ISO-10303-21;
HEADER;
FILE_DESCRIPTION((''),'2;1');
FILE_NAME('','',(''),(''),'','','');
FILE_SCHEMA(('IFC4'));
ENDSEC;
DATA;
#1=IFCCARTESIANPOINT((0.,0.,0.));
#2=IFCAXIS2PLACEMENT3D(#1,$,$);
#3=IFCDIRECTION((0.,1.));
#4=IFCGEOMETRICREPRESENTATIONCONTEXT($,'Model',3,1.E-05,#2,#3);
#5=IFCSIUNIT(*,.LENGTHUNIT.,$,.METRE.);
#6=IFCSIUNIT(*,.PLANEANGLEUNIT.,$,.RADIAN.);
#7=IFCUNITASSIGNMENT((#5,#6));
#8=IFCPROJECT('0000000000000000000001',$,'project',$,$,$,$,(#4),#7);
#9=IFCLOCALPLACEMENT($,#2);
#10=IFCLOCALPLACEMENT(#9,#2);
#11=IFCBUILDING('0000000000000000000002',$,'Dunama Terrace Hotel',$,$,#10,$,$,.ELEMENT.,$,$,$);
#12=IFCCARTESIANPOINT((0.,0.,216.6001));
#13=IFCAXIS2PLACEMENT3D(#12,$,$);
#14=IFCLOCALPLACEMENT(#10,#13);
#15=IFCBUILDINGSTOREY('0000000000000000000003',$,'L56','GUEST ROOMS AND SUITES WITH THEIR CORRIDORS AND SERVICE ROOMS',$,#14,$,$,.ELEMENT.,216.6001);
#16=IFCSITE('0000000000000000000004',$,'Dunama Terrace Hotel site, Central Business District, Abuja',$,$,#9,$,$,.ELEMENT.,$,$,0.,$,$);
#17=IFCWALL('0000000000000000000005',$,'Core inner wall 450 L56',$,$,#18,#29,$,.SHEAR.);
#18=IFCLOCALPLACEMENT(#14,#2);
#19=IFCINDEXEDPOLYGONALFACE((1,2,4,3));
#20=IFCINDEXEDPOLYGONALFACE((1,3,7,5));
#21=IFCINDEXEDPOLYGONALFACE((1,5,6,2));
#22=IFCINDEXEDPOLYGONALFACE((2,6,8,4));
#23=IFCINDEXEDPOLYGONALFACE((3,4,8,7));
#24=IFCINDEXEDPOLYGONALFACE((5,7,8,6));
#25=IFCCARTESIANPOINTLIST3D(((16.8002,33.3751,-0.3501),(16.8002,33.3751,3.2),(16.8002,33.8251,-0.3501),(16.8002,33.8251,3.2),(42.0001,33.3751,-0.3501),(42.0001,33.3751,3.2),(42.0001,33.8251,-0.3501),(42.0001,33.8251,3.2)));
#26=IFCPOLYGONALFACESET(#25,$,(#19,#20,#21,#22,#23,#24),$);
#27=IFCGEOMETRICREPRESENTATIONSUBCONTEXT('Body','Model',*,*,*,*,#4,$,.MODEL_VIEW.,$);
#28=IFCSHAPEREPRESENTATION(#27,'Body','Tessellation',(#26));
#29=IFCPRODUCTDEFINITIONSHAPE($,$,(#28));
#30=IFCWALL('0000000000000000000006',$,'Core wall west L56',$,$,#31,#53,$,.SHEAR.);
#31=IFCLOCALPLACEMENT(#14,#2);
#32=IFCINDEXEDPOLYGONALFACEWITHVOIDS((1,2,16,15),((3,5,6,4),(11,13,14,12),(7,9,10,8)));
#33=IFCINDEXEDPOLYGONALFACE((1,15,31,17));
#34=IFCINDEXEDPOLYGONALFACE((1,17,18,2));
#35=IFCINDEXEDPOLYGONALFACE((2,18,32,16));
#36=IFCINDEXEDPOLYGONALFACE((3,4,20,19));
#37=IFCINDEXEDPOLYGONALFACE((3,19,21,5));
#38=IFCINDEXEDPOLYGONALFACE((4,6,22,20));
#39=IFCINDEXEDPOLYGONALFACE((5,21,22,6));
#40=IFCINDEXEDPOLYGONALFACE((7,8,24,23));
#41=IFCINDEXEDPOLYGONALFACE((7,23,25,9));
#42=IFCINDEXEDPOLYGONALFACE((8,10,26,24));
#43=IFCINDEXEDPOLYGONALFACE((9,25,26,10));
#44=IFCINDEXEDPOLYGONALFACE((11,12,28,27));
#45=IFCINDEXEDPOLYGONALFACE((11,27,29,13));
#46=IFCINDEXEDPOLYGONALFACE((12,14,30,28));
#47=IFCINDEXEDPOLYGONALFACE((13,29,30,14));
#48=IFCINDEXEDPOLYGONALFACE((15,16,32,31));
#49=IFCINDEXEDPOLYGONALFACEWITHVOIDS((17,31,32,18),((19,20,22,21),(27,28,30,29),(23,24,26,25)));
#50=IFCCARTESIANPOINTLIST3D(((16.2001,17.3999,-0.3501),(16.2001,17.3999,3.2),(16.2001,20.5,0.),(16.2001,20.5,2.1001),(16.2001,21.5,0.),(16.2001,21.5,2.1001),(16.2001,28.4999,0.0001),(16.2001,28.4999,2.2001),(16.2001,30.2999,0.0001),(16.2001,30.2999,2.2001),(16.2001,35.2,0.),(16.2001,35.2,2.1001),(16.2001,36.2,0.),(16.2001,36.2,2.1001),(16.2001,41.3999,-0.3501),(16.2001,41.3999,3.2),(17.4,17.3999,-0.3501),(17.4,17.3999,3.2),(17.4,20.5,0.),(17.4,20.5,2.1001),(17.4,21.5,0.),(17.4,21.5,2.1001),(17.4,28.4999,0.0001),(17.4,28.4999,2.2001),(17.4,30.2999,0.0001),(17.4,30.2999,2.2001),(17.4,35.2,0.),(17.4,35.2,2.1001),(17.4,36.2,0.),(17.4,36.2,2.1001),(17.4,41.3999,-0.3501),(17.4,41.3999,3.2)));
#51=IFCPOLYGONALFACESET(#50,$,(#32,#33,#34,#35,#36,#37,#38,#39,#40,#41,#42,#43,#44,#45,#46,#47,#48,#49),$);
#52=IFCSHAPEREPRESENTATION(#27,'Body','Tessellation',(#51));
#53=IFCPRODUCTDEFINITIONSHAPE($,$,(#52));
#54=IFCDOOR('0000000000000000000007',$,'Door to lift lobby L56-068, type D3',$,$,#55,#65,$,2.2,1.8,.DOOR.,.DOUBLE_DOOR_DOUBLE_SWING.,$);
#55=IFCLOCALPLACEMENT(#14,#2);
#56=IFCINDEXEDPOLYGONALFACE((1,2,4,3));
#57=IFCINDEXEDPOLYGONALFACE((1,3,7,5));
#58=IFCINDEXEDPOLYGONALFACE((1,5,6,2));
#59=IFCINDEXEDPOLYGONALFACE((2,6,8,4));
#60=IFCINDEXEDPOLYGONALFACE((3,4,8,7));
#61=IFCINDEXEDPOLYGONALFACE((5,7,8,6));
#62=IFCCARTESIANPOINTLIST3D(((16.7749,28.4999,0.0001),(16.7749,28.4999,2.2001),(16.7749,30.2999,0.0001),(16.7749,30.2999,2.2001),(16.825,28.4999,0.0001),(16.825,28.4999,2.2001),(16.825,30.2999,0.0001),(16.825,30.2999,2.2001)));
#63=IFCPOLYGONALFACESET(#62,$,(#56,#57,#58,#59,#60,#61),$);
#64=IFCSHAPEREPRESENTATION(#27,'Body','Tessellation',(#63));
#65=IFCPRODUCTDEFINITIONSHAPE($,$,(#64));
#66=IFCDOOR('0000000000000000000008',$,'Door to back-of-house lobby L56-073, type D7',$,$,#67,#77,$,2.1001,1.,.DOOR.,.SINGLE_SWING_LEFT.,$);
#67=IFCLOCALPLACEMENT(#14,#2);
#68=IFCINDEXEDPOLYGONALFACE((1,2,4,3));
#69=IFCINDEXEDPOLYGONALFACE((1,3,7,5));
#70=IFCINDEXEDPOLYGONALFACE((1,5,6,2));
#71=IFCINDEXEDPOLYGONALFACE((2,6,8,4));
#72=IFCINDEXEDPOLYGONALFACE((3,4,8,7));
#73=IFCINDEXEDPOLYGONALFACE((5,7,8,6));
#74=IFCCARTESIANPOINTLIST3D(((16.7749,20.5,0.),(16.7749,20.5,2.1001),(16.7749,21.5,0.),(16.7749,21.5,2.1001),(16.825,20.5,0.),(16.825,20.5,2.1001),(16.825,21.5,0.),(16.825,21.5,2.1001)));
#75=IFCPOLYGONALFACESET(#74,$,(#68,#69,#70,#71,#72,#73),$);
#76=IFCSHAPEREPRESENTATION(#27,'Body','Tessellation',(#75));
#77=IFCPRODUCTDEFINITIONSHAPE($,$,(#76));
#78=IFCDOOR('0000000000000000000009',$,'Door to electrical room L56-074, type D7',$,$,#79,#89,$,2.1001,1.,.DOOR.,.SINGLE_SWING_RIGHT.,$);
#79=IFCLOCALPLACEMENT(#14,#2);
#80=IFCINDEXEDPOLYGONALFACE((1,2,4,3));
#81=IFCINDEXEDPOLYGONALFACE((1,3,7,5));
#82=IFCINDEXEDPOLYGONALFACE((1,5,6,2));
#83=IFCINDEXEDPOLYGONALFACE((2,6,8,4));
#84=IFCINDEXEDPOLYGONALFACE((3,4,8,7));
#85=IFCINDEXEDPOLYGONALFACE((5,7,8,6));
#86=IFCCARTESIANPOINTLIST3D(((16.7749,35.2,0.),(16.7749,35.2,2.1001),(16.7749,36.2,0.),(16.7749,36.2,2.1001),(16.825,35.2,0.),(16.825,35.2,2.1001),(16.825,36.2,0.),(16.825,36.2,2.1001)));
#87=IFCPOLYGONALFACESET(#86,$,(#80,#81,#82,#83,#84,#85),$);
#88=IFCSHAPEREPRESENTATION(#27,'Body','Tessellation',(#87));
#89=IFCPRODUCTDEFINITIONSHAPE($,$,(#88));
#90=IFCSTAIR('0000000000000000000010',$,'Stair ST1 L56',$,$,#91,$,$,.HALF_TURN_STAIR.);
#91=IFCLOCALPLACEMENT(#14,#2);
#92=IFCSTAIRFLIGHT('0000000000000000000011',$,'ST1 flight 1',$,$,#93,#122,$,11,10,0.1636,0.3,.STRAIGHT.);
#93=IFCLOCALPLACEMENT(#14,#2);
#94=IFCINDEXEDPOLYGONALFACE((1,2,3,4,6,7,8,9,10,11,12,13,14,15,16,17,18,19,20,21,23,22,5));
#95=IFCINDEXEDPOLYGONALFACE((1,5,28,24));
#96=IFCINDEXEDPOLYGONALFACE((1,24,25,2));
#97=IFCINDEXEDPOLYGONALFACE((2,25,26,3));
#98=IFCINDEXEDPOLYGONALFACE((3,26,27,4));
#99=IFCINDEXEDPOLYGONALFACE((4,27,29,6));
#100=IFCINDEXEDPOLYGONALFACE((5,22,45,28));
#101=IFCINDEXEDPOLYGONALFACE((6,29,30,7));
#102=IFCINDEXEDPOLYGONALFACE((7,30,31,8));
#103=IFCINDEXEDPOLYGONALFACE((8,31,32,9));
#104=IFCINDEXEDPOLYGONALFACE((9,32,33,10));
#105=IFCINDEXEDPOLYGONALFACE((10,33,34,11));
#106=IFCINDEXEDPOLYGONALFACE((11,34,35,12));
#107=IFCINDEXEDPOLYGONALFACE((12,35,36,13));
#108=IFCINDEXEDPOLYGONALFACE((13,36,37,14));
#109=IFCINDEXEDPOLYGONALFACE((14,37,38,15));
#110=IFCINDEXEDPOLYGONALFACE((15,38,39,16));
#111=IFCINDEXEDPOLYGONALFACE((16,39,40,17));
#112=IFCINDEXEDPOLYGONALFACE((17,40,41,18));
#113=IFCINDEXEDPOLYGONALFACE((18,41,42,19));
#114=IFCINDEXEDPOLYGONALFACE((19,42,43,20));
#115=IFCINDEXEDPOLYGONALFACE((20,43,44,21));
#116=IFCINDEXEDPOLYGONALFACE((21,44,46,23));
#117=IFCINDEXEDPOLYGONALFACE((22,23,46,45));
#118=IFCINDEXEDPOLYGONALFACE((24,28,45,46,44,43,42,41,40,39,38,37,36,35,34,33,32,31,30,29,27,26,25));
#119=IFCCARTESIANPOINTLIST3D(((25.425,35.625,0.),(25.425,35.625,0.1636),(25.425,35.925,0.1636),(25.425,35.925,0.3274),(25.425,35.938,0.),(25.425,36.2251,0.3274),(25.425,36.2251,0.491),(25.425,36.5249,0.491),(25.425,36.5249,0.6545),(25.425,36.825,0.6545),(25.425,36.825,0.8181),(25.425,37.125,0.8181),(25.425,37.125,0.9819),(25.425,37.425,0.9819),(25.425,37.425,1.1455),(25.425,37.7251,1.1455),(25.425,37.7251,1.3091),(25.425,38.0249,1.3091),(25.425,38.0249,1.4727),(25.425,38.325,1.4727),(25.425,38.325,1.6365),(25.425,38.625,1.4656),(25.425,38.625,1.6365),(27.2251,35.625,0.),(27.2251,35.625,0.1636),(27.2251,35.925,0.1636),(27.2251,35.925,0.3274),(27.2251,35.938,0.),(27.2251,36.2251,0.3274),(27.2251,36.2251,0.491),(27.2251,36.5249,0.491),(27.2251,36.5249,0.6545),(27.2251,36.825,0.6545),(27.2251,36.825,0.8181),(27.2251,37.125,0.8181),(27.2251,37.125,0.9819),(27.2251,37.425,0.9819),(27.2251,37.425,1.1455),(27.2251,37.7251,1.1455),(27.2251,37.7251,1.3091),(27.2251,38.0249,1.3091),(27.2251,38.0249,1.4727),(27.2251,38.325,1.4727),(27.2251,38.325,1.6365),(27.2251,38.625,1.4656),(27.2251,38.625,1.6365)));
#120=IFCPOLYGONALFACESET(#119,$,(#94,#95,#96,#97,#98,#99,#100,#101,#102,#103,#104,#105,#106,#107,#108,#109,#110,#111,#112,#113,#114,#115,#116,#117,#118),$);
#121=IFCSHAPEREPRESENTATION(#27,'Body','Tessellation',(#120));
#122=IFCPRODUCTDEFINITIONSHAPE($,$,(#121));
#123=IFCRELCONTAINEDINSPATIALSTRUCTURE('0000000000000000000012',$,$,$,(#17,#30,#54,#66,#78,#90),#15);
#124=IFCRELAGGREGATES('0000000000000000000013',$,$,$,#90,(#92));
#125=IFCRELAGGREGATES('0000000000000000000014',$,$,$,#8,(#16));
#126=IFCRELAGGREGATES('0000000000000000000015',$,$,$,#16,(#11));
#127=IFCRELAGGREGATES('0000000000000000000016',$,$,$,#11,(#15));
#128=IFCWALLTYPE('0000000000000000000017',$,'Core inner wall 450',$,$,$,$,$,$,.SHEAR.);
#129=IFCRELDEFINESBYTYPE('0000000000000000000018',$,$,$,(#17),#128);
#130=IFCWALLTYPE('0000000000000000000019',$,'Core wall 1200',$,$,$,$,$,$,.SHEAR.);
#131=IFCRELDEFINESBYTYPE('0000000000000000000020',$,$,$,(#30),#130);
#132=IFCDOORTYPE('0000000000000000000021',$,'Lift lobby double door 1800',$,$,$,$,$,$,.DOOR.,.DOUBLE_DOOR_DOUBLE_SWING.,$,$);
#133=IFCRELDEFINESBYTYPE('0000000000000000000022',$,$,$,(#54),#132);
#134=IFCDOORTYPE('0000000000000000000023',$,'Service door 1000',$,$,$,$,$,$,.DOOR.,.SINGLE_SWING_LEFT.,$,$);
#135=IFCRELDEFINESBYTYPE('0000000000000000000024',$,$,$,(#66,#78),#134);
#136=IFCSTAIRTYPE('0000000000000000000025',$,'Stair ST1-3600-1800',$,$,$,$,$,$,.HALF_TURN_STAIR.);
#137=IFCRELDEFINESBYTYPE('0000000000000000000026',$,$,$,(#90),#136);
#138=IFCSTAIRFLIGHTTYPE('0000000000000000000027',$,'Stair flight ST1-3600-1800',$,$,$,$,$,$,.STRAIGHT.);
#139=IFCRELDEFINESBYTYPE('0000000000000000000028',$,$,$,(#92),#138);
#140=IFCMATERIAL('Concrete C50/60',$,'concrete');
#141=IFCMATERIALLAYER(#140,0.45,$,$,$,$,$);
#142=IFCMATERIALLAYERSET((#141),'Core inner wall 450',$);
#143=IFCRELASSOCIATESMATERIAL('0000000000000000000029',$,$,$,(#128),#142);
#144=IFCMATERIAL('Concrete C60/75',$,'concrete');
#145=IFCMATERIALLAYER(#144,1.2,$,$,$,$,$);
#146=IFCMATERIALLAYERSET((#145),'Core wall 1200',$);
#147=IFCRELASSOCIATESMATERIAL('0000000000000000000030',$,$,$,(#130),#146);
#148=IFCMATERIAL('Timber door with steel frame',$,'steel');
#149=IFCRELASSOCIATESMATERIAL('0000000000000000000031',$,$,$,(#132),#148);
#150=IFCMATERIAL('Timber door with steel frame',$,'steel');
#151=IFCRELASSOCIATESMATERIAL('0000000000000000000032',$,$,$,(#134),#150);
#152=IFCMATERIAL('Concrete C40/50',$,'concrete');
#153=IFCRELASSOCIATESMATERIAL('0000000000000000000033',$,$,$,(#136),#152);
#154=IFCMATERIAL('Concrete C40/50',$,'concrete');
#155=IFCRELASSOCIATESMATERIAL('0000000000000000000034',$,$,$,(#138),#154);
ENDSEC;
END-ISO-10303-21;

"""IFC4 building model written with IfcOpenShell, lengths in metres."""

from ifc_helpers import new_model, si_unit, direction, frame, frame_2d, origin, place, context, subcontext, project, spatial, polyline, rectangle, outline, extrude, material, layer, layer_set, type_object, element, fill, aggregate, save


model = new_model("IFC4")

# Units and contexts
model_context = context("Model", 3, precision=1e-05, world=origin(), true_north=direction((0.0, 1.0)))
body_context = subcontext(model_context, "Body", "Model", "MODEL_VIEW")
ifc_project = project(units=[si_unit("LENGTHUNIT", "METRE"), si_unit("PLANEANGLEUNIT", "RADIAN")], contexts=[model_context])

# Site, building, storey
site_placement = place(None, origin())
site = spatial("IfcSite", under=ifc_project, at=site_placement, Name="Dunama Terrace Hotel site, Central Business District, Abuja", CompositionType="ELEMENT", RefElevation=0.0)
building_placement = place(site_placement, origin())
building = spatial("IfcBuilding", under=site, at=building_placement, Name="Dunama Terrace Hotel", CompositionType="ELEMENT")
storey_placement = place(building_placement, frame((0.0, 0.0, 216.6001)))
storey = spatial("IfcBuildingStorey", under=building, at=storey_placement, Name="L56", Description="GUEST ROOMS AND SUITES WITH THEIR CORRIDORS AND SERVICE ROOMS", CompositionType="ELEMENT", Elevation=216.6001)

# Wall
ifc_material_1 = material(Name="Concrete C50/60", Category="concrete")
ifc_layer_1 = layer(ifc_material_1, 0.45)
ifc_layer_set_1 = layer_set([ifc_layer_1], Name="Core inner wall 450")
wall_type_1 = type_object("IfcWallType", Name="Core inner wall 450", PredefinedType="SHEAR", material=ifc_layer_set_1)
wall_1_placement = place(storey_placement, frame((16.8, 33.6001, -0.3501), z_axis=(0.0, 0.0, 1.0), x_axis=(1.0, 0.0, 0.0)))
element("IfcWall", 1, at=wall_1_placement, inside=storey, type_object=wall_type_1, Name="Core inner wall 450 L56", PredefinedType="SHEAR", context=body_context, shape_type="SweptSolid", body=[
    extrude(rectangle(XDim=25.2, YDim=0.45, at=frame_2d((12.6001, 0.0))), origin(), (0.0, 0.0, 1.0), 3.55),
])

# Wall, openings, doors
ifc_material_2 = material(Name="Concrete C60/75", Category="concrete")
ifc_layer_2 = layer(ifc_material_2, 1.2)
ifc_layer_set_2 = layer_set([ifc_layer_2], Name="Core wall 1200")
wall_type_2 = type_object("IfcWallType", Name="Core wall 1200", PredefinedType="SHEAR", material=ifc_layer_set_2)
wall_2_placement = place(storey_placement, frame((16.8, 41.3999, -0.3501), z_axis=(0.0, 0.0, 1.0), x_axis=(0.0, -1.0, 0.0)))
wall_2 = element("IfcWall", 2, at=wall_2_placement, inside=storey, type_object=wall_type_2, Name="Core wall west L56", PredefinedType="SHEAR", context=body_context, shape_type="SweptSolid", body=[
    extrude(rectangle(XDim=24.0, YDim=1.2, at=frame_2d((12.0, 0.0))), origin(), (0.0, 0.0, 1.0), 3.55),
])
opening_1_placement = place(wall_2_placement, frame((11.1001, 0.0, 0.3501)))
opening_1 = element("IfcOpeningElement", 3, at=opening_1_placement, cuts=wall_2, PredefinedType="OPENING", context=body_context, shape_type="SweptSolid", body=[
    extrude(rectangle(XDim=1.8, YDim=2.2, at=frame_2d((0.8999, 1.1001))), frame((0.0, 0.6099, 0.0), z_axis=(0.0, -1.0, 0.0), x_axis=(1.0, 0.0, 0.0)), (0.0, 0.0, 1.0), 1.22),
])
opening_2_placement = place(wall_2_placement, frame((19.8999, 0.0, 0.3501)))
opening_2 = element("IfcOpeningElement", 4, at=opening_2_placement, cuts=wall_2, PredefinedType="OPENING", context=body_context, shape_type="SweptSolid", body=[
    extrude(rectangle(XDim=1.0, YDim=2.1001, at=frame_2d((0.5, 1.05))), frame((0.0, 0.6099, 0.0), z_axis=(0.0, -1.0, 0.0), x_axis=(1.0, 0.0, 0.0)), (0.0, 0.0, 1.0), 1.22),
])
opening_3_placement = place(wall_2_placement, frame((5.2, 0.0, 0.3501)))
opening_3 = element("IfcOpeningElement", 5, at=opening_3_placement, cuts=wall_2, PredefinedType="OPENING", context=body_context, shape_type="SweptSolid", body=[
    extrude(rectangle(XDim=1.0, YDim=2.1001, at=frame_2d((0.5, 1.05))), frame((0.0, 0.6099, 0.0), z_axis=(0.0, -1.0, 0.0), x_axis=(1.0, 0.0, 0.0)), (0.0, 0.0, 1.0), 1.22),
])
ifc_material_3 = material(Name="Timber door with steel frame", Category="steel")
door_type_1 = type_object("IfcDoorType", Name="Lift lobby double door 1800", OperationType="DOUBLE_DOOR_DOUBLE_SWING", PredefinedType="DOOR", material=ifc_material_3)
door_1_placement = place(opening_1_placement, origin())
door_1 = element("IfcDoor", 6, at=door_1_placement, inside=storey, type_object=door_type_1, Name="Door to lift lobby L56-068, type D3", OperationType="DOUBLE_DOOR_DOUBLE_SWING", OverallHeight=2.2, OverallWidth=1.8, PredefinedType="DOOR", context=body_context, shape_type="SweptSolid", body=[
    extrude(rectangle(XDim=1.8, YDim=2.2, at=frame_2d((0.8999, 1.1001))), frame((0.0, 0.0249, 0.0), z_axis=(0.0, -1.0, 0.0), x_axis=(1.0, 0.0, 0.0)), (0.0, 0.0, 1.0), 0.05),
])
fill(opening_1, door_1)
ifc_material_4 = material(Name="Timber door with steel frame", Category="steel")
door_type_2 = type_object("IfcDoorType", Name="Service door 1000", OperationType="SINGLE_SWING_LEFT", PredefinedType="DOOR", material=ifc_material_4)
door_2_placement = place(opening_2_placement, origin())
door_2 = element("IfcDoor", 7, at=door_2_placement, inside=storey, type_object=door_type_2, Name="Door to back-of-house lobby L56-073, type D7", OperationType="SINGLE_SWING_LEFT", OverallHeight=2.1001, OverallWidth=1.0, PredefinedType="DOOR", context=body_context, shape_type="SweptSolid", body=[
    extrude(rectangle(XDim=1.0, YDim=2.1001, at=frame_2d((0.5, 1.05))), frame((0.0, 0.0249, 0.0), z_axis=(0.0, -1.0, 0.0), x_axis=(1.0, 0.0, 0.0)), (0.0, 0.0, 1.0), 0.05),
])
fill(opening_2, door_2)
door_3_placement = place(opening_3_placement, origin())
door_3 = element("IfcDoor", 8, at=door_3_placement, inside=storey, type_object=door_type_2, Name="Door to electrical room L56-074, type D7", OperationType="SINGLE_SWING_RIGHT", OverallHeight=2.1001, OverallWidth=1.0, PredefinedType="DOOR", context=body_context, shape_type="SweptSolid", body=[
    extrude(rectangle(XDim=1.0, YDim=2.1001, at=frame_2d((0.5, 1.05))), frame((0.0, 0.0249, 0.0), z_axis=(0.0, -1.0, 0.0), x_axis=(1.0, 0.0, 0.0)), (0.0, 0.0, 1.0), 0.05),
])
fill(opening_3, door_3)

# Stair, stair flight
ifc_material_5 = material(Name="Concrete C40/50", Category="concrete")
stair_type = type_object("IfcStairType", Name="Stair ST1-3600-1800", PredefinedType="HALF_TURN_STAIR", material=ifc_material_5)
stair_placement = place(storey_placement, origin())
stair = element("IfcStair", 9, at=stair_placement, inside=storey, type_object=stair_type, Name="Stair ST1 L56", PredefinedType="HALF_TURN_STAIR")
ifc_material_6 = material(Name="Concrete C40/50", Category="concrete")
stair_flight_type = type_object("IfcStairFlightType", Name="Stair flight ST1-3600-1800", PredefinedType="STRAIGHT", material=ifc_material_6)
stair_flight_placement = place(storey_placement, frame((26.325, 35.625, 0.0), z_axis=(0.0, 0.0, 1.0), x_axis=(0.0, 1.0, 0.0)))
stair_flight = element("IfcStairFlight", 10, at=stair_flight_placement, type_object=stair_flight_type, Name="ST1 flight 1", NumberOfRisers=11, NumberOfTreads=10, PredefinedType="STRAIGHT", RiserHeight=0.1636, TreadLength=0.3, context=body_context, shape_type="SweptSolid", body=[
    extrude(outline(polyline([(0.0, 0.0), (0.0, 0.1636), (0.3, 0.1636), (0.3, 0.3274), (0.6001, 0.3274), (0.6001, 0.491), (0.8999, 0.491), (0.8999, 0.6545), (1.2, 0.6545), (1.2, 0.8181), (1.5, 0.8181), (1.5, 0.9819), (1.8, 0.9819), (1.8, 1.1455), (2.1001, 1.1455), (2.1001, 1.3091), (2.3999, 1.3091), (2.3999, 1.4727), (2.7, 1.4727), (2.7, 1.6365), (3.0, 1.6365), (3.0, 1.8), (3.0, 1.4656), (0.313, 0.0), (0.0, 0.0)])), frame((0.0, 0.8999, 0.0), z_axis=(0.0, -1.0, 0.0), x_axis=(1.0, 0.0, 0.0)), (0.0, 0.0, 1.0), 1.8),
])
aggregate(stair, [stair_flight])

save(model, "model.ifc")
